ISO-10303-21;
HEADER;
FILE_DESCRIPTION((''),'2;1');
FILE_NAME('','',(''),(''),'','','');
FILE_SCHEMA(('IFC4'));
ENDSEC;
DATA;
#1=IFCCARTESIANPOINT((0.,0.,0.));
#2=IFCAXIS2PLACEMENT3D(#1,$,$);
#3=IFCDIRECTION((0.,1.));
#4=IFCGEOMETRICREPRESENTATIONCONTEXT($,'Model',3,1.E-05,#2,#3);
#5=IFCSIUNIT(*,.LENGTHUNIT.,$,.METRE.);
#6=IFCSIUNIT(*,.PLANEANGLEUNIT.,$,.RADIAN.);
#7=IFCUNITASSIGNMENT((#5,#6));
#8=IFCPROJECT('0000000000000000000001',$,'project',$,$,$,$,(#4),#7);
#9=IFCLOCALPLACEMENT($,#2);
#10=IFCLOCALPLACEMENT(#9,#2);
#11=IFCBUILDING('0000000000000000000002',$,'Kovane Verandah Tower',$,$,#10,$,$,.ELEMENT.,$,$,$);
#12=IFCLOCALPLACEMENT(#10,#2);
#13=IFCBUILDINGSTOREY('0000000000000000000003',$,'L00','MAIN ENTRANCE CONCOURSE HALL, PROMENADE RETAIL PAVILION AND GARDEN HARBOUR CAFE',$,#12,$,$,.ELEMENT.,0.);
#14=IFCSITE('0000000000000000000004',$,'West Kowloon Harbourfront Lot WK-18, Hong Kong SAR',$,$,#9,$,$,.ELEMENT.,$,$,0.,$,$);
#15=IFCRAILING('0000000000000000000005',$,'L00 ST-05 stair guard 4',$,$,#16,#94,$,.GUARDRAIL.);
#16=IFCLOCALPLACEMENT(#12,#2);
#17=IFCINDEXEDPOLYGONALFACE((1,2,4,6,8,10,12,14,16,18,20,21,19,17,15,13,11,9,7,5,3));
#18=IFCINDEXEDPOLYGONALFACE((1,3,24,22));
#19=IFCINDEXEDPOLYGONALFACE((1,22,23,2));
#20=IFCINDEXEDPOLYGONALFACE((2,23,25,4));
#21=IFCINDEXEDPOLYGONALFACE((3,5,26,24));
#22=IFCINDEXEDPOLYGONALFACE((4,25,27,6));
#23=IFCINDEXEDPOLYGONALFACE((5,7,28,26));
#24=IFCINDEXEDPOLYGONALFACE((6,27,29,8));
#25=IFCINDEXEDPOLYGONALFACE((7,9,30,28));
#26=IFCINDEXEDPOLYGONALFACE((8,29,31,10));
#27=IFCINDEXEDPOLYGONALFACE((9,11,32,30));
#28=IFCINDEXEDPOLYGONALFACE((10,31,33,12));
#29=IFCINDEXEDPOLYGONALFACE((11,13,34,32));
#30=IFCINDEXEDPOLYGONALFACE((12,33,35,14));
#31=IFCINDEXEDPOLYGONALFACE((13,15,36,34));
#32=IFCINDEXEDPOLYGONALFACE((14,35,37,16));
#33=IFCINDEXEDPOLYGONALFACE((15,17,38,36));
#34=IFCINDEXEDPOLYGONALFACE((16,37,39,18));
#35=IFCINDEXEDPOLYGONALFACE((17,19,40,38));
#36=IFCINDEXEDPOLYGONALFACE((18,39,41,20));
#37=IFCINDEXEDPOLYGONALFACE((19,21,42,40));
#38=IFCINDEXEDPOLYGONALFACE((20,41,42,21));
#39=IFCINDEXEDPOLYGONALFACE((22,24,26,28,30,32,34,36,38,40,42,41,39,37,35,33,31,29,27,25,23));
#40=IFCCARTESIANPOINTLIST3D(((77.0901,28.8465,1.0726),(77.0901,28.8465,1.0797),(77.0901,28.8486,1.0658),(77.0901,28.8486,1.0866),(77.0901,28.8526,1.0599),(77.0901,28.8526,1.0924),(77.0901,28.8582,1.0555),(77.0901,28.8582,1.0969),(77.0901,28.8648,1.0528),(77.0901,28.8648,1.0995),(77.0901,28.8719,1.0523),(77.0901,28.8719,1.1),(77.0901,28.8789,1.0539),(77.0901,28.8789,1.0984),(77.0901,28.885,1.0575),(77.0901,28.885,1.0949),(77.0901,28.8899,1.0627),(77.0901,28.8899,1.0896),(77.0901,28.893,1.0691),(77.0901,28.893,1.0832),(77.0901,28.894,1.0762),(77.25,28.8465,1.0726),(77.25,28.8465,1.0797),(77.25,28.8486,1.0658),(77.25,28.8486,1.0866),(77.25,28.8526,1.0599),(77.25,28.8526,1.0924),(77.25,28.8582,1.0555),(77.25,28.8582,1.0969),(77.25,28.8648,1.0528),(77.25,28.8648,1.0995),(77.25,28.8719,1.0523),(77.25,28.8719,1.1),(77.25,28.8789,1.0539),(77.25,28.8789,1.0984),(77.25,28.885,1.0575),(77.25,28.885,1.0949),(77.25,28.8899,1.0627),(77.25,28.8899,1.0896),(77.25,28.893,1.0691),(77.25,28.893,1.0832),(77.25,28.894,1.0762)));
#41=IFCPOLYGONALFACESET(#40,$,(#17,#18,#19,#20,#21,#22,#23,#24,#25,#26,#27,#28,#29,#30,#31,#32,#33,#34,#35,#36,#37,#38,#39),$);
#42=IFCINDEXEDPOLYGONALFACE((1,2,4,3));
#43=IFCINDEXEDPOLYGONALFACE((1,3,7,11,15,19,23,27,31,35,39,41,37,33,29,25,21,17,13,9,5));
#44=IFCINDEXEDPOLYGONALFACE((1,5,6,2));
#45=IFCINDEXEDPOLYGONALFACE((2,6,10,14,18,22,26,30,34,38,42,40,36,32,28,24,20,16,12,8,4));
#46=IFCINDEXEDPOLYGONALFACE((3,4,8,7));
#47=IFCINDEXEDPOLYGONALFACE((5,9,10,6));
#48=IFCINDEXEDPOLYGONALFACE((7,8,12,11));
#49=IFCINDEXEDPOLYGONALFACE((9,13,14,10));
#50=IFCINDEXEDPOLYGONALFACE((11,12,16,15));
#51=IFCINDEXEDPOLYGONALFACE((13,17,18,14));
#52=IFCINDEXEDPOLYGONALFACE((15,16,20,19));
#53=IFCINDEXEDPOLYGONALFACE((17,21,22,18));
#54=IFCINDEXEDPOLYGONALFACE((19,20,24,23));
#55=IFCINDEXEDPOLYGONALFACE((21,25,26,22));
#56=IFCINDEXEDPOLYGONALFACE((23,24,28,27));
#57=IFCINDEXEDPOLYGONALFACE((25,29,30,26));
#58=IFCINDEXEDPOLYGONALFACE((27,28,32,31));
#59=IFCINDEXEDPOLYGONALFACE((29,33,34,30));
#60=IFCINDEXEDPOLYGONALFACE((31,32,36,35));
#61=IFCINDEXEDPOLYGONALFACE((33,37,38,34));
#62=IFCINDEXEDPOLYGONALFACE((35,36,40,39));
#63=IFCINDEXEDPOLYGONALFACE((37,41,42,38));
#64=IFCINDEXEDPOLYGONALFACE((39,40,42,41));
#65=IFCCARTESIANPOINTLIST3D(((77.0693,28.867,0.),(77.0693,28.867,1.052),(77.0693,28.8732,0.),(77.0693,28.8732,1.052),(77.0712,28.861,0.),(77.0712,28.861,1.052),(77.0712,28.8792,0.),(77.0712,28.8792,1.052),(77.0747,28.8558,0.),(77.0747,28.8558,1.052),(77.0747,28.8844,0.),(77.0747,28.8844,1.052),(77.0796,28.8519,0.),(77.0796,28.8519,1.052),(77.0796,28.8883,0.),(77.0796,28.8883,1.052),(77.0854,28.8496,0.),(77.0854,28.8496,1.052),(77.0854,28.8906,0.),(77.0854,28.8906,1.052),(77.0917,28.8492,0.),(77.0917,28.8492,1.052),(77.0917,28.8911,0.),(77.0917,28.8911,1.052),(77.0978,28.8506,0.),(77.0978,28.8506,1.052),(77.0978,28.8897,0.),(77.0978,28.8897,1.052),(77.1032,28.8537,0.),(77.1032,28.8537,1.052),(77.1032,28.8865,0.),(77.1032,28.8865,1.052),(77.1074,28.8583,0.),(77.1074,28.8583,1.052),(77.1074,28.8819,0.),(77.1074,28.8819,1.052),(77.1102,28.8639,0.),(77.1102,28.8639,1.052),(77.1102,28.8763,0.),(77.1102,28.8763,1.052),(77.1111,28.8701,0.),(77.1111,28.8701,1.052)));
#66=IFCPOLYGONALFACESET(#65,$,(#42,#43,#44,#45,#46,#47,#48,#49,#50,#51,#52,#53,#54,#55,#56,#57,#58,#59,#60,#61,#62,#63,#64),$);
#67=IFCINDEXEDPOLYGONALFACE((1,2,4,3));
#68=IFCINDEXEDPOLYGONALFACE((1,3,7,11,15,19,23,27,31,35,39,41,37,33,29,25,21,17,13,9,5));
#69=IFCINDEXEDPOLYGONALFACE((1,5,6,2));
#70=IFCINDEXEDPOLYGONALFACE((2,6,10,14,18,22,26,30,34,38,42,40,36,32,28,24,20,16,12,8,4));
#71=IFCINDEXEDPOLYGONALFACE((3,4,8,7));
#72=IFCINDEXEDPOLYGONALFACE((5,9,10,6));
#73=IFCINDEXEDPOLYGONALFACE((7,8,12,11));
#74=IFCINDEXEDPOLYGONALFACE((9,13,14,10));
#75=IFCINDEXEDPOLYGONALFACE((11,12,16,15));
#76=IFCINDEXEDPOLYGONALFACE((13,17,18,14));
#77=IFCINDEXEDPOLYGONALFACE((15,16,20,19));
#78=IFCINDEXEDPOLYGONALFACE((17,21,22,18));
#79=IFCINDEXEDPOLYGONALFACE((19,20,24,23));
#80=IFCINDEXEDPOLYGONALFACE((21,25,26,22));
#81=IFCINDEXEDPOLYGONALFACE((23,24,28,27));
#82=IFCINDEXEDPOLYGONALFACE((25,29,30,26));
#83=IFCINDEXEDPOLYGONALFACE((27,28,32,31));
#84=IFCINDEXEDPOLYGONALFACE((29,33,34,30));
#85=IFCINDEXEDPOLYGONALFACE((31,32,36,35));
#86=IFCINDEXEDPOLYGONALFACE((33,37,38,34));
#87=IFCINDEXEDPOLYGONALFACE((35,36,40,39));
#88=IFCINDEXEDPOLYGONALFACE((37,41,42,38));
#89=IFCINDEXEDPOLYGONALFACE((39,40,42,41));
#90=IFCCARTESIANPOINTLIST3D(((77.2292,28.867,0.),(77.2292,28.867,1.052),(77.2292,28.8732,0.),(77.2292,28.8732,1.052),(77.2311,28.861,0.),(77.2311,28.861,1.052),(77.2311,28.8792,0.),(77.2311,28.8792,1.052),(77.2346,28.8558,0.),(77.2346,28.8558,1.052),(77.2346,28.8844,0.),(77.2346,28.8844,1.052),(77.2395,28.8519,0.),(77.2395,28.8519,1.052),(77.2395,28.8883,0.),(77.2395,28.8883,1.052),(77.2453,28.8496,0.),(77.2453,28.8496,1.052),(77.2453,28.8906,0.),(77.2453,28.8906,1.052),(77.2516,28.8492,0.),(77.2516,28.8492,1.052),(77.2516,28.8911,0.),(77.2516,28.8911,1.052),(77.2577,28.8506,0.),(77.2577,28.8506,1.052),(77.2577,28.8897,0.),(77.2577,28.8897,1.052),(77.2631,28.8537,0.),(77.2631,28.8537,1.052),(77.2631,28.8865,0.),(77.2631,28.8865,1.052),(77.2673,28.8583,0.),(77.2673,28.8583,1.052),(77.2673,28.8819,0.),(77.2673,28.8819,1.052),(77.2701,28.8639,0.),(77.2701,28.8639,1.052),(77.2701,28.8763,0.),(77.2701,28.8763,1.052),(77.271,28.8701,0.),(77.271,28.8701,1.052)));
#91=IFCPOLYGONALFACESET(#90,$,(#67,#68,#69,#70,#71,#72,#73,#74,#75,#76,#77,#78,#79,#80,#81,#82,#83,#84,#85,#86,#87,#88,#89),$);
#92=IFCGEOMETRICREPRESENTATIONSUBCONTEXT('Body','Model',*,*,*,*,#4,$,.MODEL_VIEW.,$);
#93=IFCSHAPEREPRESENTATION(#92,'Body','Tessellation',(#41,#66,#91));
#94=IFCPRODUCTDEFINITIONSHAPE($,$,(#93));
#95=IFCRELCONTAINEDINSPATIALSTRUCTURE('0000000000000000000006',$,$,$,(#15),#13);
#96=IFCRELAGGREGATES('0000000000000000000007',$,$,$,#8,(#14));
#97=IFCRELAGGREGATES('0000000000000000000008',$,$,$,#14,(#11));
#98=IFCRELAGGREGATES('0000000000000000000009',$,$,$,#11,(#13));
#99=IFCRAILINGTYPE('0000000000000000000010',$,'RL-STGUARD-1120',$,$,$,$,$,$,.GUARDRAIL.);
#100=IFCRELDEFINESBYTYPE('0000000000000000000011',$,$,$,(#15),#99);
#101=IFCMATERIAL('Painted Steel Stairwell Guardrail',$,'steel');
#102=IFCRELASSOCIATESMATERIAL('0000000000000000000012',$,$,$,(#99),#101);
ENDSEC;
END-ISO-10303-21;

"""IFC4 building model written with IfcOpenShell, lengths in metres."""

from ifc_helpers import new_model, si_unit, direction, frame, origin, origin_2d, place, context, subcontext, project, spatial, circle, extrude, material, type_object, element, save


model = new_model("IFC4")

# Units and contexts
model_context = context("Model", 3, precision=1e-05, world=origin(), true_north=direction((0.0, 1.0)))
body_context = subcontext(model_context, "Body", "Model", "MODEL_VIEW")
ifc_project = project(units=[si_unit("LENGTHUNIT", "METRE"), si_unit("PLANEANGLEUNIT", "RADIAN")], contexts=[model_context])

# Site, building, storey
site_placement = place(None, origin())
site = spatial("IfcSite", under=ifc_project, at=site_placement, Name="West Kowloon Harbourfront Lot WK-18, Hong Kong SAR", CompositionType="ELEMENT", RefElevation=0.0)
building_placement = place(site_placement, origin())
building = spatial("IfcBuilding", under=site, at=building_placement, Name="Kovane Verandah Tower", CompositionType="ELEMENT")
storey_placement = place(building_placement, origin())
storey = spatial("IfcBuildingStorey", under=building, at=storey_placement, Name="L00", Description="MAIN ENTRANCE CONCOURSE HALL, PROMENADE RETAIL PAVILION AND GARDEN HARBOUR CAFE", CompositionType="ELEMENT", Elevation=0.0)

# Railing
ifc_material_1 = material(Name="Painted Steel Stairwell Guardrail", Category="steel")
railing_type_1 = type_object("IfcRailingType", Name="RL-STGUARD-1120", PredefinedType="GUARDRAIL", material=ifc_material_1)
railing_1_placement = place(storey_placement, frame((77.0901, 28.8701, 0.0)))
element("IfcRailing", 1, at=railing_1_placement, inside=storey, type_object=railing_type_1, Name="L00 ST-05 stair guard 4", PredefinedType="GUARDRAIL", context=body_context, shape_type="SweptSolid", body=[
    extrude(circle(Radius=0.0239, at=origin_2d()), frame((0.0, 0.0, 1.0762), z_axis=(1.0, 0.0, 0.0), x_axis=(0.0, 1.0, 0.0)), (0.0, 0.0, 1.0), 0.1599),
    extrude(circle(Radius=0.021, at=origin_2d()), origin(), (0.0, 0.0, 1.0), 1.052),
    extrude(circle(Radius=0.021, at=origin_2d()), frame((0.1599, 0.0, 0.0)), (0.0, 0.0, 1.0), 1.052),
])

save(model, "model.ifc")
